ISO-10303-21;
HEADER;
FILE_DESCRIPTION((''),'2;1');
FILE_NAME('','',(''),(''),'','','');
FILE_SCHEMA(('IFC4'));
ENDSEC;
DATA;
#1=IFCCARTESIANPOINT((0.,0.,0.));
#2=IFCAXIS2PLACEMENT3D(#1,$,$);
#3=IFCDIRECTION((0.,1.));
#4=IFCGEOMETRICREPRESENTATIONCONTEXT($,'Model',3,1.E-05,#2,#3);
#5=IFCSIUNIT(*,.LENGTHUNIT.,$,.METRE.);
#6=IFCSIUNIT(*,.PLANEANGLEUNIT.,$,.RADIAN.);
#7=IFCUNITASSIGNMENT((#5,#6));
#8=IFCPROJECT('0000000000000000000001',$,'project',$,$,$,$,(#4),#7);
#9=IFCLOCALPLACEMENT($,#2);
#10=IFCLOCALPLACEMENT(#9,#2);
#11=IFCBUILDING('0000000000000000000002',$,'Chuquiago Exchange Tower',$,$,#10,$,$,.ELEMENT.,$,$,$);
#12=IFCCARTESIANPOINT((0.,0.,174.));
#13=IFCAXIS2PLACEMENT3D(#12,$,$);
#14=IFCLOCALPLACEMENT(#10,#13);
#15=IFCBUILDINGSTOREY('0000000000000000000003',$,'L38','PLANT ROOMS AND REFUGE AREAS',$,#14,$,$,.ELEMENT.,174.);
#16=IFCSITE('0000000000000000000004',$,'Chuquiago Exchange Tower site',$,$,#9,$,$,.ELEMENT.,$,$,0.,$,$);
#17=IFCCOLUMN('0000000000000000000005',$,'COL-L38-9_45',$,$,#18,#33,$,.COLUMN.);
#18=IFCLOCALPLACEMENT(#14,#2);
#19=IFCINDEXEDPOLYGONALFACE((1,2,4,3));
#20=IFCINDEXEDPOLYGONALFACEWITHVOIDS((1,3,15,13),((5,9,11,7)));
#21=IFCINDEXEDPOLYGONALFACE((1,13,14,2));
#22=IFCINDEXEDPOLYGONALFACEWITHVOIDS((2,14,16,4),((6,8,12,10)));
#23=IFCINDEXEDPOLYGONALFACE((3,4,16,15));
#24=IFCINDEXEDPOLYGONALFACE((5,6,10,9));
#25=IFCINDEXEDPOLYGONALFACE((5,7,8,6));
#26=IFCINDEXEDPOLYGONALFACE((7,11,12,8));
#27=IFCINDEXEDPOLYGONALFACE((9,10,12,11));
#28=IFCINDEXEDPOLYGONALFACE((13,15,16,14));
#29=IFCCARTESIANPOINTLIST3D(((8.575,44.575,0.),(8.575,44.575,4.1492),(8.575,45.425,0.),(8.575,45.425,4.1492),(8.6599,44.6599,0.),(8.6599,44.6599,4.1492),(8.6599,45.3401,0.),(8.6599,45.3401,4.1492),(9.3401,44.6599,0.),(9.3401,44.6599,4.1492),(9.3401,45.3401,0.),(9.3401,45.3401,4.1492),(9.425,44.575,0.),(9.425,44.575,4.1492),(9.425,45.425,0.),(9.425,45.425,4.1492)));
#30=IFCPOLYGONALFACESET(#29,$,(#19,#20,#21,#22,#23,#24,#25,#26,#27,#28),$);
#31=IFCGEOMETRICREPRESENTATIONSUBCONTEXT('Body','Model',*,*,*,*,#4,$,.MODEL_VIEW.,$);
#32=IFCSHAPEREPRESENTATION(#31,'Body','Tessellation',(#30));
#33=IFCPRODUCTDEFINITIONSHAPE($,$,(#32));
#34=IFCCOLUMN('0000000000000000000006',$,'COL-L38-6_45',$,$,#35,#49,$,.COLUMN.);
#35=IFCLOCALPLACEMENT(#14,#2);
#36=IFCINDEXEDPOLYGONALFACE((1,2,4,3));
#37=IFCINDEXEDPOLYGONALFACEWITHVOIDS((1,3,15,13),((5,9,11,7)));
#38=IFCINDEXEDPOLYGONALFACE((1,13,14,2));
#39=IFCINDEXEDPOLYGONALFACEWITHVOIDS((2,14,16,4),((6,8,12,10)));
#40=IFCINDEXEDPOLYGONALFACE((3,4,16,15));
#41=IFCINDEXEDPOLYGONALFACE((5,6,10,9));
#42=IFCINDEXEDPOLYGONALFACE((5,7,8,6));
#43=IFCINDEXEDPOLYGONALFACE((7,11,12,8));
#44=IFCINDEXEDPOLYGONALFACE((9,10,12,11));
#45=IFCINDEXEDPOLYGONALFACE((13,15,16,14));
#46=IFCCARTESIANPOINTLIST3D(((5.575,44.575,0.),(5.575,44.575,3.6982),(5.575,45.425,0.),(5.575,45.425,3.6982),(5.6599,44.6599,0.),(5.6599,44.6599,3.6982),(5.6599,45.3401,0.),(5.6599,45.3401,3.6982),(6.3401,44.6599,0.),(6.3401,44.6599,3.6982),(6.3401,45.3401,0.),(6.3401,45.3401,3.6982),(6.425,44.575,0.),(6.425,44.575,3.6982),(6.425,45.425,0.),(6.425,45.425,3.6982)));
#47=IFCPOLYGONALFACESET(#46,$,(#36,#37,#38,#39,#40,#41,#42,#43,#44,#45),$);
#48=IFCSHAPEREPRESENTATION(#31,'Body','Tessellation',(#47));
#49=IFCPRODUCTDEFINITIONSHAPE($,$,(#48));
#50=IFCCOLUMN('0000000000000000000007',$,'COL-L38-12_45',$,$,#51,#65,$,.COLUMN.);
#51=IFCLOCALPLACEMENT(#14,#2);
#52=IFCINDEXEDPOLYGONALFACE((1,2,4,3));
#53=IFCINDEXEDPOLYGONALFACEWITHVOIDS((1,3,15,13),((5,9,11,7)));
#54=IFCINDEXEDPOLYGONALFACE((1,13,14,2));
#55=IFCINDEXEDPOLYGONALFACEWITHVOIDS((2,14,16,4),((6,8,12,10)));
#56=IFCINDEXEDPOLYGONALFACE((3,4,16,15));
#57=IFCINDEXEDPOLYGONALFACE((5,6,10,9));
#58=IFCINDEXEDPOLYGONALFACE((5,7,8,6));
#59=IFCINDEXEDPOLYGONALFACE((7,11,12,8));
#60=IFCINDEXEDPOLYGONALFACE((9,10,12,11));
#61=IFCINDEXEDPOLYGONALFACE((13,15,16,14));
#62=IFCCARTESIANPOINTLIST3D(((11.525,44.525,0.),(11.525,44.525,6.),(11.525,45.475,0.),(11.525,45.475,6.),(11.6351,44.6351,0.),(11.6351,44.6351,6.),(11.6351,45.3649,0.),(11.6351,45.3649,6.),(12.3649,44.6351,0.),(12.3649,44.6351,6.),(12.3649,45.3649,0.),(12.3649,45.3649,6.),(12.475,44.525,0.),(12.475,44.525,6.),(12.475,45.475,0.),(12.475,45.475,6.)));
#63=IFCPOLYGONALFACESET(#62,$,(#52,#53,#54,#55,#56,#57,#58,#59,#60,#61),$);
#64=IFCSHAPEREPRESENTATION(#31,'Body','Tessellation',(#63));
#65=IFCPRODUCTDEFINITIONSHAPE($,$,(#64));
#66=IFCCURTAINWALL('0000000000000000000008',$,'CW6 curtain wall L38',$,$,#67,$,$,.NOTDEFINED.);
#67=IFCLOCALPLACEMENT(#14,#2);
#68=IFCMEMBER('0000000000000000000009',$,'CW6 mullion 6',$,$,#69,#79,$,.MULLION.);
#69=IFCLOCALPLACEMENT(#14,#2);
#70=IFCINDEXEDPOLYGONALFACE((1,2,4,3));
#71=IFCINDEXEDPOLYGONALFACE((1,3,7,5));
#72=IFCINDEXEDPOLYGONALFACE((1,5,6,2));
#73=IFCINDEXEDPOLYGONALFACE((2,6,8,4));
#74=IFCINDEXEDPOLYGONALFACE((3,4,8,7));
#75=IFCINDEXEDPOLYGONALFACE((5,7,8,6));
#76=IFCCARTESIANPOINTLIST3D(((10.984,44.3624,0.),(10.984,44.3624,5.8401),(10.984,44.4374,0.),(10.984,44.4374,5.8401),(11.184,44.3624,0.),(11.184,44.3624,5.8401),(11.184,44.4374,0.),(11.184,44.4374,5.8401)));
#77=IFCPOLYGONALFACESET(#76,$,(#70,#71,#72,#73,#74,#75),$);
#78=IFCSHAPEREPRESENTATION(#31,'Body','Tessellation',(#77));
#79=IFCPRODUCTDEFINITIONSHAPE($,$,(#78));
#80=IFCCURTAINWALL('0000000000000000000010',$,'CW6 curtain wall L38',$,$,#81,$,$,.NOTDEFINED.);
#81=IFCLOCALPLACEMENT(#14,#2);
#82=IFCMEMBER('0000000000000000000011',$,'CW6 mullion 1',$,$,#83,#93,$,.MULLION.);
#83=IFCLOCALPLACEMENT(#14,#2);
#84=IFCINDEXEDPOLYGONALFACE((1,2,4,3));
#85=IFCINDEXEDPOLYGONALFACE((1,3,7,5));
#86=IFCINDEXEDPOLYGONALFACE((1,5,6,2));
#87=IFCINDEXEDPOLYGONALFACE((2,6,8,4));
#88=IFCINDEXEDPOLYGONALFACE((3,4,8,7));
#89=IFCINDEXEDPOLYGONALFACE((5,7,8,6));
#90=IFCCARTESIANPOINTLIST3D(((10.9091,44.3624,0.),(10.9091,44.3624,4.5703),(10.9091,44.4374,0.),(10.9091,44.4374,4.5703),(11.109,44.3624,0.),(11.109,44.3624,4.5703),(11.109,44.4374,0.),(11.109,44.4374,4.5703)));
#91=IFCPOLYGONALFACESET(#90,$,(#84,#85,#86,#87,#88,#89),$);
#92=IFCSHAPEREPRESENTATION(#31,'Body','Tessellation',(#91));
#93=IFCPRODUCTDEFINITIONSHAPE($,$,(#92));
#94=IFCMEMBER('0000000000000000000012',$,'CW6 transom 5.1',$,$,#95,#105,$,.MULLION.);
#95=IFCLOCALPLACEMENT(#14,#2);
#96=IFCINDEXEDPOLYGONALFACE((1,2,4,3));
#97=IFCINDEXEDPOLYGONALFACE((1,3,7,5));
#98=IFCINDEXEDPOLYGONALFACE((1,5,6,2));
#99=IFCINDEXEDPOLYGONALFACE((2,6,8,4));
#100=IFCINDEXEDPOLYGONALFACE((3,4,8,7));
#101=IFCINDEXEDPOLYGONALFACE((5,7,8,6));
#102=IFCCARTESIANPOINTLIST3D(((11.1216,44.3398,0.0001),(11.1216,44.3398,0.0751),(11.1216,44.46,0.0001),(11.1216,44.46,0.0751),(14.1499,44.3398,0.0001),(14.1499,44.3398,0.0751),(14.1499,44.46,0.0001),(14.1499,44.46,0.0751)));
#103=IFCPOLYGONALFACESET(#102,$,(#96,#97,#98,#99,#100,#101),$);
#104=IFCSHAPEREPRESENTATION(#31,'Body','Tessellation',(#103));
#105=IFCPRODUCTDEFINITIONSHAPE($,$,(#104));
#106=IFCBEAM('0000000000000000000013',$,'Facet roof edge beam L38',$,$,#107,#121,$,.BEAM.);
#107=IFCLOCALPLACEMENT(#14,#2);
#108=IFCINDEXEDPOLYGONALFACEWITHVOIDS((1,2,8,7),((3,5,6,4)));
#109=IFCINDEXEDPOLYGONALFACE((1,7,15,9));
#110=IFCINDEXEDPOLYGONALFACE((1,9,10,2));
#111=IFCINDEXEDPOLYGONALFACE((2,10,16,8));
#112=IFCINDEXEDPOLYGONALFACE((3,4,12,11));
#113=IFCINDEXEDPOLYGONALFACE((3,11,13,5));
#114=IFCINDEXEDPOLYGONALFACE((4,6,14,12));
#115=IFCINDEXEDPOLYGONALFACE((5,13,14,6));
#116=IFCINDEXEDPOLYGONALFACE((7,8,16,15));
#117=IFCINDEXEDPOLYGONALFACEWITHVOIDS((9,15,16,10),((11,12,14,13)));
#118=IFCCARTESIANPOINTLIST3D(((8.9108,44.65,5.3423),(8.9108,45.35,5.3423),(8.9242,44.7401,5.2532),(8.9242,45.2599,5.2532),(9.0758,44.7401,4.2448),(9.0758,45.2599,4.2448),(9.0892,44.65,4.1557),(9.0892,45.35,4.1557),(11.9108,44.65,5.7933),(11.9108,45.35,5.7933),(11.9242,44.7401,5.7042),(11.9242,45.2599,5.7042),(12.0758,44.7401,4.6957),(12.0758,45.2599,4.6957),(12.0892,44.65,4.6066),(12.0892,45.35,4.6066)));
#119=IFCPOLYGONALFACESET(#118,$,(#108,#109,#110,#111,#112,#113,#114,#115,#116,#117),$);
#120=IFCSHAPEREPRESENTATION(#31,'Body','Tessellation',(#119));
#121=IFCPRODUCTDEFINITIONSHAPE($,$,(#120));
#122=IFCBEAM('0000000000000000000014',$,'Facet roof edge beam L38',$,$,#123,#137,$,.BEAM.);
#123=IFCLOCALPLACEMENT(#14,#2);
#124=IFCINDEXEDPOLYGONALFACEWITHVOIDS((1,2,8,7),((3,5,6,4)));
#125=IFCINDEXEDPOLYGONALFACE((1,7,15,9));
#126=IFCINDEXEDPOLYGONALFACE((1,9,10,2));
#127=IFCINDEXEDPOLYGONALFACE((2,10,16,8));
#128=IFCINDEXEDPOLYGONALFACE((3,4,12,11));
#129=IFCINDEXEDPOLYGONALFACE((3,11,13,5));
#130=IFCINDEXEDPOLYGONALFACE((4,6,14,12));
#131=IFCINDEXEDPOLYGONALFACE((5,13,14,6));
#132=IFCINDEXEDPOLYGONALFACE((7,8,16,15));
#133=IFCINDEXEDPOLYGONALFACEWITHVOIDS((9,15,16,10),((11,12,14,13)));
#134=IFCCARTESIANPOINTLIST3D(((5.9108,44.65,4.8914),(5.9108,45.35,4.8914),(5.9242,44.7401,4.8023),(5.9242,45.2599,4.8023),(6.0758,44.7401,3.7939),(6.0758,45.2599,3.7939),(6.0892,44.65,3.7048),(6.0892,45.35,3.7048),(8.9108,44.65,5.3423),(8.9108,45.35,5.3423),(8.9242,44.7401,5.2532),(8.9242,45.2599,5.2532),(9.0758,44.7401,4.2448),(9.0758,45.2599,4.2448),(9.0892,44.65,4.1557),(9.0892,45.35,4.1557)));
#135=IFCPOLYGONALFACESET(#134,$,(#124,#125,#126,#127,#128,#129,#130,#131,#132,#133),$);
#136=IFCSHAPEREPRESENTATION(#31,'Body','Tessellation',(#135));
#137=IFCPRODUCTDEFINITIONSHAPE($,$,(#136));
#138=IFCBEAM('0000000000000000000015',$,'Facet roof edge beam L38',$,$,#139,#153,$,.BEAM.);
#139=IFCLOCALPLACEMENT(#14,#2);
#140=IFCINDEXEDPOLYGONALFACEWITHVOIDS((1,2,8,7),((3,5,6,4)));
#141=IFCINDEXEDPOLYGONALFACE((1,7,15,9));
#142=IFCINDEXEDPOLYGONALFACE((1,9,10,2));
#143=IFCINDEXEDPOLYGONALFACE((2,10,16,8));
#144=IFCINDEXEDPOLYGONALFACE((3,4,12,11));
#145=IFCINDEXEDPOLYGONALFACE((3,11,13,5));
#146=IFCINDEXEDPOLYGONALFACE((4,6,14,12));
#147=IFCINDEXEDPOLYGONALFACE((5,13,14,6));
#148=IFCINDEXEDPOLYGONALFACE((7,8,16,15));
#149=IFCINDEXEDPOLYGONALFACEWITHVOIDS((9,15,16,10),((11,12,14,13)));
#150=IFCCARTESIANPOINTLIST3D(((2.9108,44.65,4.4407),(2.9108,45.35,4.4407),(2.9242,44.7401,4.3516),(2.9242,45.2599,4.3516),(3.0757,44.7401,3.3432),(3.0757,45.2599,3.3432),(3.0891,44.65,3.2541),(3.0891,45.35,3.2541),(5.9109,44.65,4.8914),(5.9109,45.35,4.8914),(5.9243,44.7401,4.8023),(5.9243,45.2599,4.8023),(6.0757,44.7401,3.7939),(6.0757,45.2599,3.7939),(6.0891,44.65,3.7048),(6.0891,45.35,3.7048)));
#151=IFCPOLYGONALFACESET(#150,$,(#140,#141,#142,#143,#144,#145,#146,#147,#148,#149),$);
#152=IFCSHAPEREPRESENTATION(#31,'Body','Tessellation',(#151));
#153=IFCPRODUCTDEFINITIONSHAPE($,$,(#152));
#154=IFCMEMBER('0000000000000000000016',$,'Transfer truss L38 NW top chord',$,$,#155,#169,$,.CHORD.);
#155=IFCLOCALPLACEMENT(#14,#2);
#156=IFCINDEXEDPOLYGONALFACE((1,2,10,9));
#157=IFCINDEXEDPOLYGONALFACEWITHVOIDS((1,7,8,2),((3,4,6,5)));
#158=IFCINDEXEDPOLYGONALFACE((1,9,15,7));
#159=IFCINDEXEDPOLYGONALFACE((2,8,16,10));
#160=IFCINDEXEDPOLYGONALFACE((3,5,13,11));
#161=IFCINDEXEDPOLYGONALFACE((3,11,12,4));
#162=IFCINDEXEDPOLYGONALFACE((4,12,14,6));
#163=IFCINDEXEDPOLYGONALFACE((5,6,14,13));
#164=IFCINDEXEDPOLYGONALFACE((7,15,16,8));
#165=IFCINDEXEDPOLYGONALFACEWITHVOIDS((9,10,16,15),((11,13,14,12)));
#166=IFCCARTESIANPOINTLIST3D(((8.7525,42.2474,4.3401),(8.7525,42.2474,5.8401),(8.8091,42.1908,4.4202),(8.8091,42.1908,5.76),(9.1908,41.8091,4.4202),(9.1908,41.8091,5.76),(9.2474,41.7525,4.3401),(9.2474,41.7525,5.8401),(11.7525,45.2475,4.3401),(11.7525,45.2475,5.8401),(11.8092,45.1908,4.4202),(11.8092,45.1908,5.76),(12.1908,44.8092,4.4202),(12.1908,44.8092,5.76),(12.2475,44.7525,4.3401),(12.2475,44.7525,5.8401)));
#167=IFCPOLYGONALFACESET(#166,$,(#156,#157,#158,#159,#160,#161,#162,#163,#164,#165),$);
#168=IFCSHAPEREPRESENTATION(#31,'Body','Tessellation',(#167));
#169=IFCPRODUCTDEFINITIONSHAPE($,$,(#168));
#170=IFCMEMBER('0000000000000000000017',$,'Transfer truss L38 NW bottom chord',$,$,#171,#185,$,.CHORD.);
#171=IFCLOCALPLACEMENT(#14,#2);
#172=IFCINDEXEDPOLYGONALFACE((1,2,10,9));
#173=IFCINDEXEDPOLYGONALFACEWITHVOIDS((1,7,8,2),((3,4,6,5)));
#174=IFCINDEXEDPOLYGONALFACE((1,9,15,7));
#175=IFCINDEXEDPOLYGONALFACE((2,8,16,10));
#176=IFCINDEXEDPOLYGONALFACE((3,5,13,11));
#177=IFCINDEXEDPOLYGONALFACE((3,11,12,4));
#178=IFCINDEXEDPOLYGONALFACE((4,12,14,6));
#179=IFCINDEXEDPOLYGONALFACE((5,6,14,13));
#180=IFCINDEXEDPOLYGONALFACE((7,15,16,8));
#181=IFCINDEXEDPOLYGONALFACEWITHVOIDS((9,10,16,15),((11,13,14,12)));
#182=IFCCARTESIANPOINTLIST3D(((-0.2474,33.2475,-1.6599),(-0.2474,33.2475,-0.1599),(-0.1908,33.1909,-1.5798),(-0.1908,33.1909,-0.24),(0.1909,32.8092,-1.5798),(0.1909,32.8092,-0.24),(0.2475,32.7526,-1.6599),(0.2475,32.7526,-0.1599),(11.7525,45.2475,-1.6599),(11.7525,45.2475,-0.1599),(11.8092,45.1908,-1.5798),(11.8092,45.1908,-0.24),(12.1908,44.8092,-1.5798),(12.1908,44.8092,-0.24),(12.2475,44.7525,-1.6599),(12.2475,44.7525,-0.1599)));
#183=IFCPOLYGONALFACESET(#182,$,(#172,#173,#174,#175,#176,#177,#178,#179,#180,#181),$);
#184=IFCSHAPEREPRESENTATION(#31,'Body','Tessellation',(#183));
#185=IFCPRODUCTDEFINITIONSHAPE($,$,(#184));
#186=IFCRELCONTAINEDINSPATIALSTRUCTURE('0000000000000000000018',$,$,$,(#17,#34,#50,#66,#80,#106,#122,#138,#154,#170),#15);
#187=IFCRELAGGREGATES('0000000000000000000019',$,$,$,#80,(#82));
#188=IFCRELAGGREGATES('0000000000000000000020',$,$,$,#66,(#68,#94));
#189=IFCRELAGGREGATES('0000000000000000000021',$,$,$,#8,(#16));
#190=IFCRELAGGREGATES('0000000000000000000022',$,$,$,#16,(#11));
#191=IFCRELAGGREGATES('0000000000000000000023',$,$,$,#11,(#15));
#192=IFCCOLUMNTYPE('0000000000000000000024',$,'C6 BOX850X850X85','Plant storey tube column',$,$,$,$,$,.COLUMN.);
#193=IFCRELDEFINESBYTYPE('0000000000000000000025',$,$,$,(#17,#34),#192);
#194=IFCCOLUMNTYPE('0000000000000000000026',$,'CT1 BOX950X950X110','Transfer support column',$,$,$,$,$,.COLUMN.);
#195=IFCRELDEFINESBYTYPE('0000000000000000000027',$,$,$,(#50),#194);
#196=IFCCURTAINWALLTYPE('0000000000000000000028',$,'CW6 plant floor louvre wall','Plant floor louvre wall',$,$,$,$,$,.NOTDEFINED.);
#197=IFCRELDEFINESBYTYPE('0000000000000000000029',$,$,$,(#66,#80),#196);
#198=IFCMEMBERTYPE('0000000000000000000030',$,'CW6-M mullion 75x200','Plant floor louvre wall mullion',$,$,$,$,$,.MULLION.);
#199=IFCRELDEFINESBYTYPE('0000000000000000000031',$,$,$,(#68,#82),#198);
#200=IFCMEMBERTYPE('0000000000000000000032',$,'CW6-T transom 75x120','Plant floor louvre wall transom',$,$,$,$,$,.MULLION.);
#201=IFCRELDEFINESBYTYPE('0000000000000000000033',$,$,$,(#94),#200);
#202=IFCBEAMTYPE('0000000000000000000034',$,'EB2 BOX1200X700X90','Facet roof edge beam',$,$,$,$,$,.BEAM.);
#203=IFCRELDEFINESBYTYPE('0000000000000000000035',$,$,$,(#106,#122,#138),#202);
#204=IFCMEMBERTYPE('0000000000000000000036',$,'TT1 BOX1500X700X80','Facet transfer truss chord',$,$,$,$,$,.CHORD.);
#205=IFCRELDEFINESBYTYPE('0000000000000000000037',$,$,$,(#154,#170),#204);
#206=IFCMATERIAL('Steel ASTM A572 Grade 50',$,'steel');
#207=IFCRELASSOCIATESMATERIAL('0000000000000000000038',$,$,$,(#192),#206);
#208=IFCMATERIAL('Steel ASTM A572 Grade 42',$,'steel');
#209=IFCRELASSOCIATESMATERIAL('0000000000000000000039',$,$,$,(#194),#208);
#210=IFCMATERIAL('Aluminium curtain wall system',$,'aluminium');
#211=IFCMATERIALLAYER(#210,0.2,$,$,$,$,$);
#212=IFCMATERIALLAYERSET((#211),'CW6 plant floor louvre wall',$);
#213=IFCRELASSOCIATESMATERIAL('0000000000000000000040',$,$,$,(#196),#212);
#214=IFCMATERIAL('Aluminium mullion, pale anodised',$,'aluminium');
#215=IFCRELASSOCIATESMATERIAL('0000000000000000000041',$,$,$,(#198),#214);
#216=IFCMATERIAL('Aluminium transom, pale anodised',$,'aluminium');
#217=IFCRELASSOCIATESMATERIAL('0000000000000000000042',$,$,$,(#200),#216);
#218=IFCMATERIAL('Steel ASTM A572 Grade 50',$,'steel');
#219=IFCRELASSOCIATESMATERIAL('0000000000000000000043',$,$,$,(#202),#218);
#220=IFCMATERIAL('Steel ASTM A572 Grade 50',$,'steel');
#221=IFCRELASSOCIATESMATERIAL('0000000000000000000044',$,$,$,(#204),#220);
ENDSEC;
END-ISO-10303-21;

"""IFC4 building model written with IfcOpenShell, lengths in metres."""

from ifc_helpers import new_model, si_unit, direction, frame, origin, origin_2d, place, context, subcontext, project, spatial, rectangle, hollow_rectangle, extrude, material, layer, layer_set, material_profile, profile_set, type_object, element, aggregate, save


model = new_model("IFC4")

# Units and contexts
model_context = context("Model", 3, precision=1e-05, world=origin(), true_north=direction((0.0, 1.0)))
body_context = subcontext(model_context, "Body", "Model", "MODEL_VIEW")
ifc_project = project(units=[si_unit("LENGTHUNIT", "METRE"), si_unit("PLANEANGLEUNIT", "RADIAN")], contexts=[model_context])

# Site, building, storey
site_placement = place(None, origin())
site = spatial("IfcSite", under=ifc_project, at=site_placement, Name="Chuquiago Exchange Tower site", CompositionType="ELEMENT", RefElevation=0.0)
building_placement = place(site_placement, origin())
building = spatial("IfcBuilding", under=site, at=building_placement, Name="Chuquiago Exchange Tower", CompositionType="ELEMENT")
storey_placement = place(building_placement, frame((0.0, 0.0, 174.0)))
storey = spatial("IfcBuildingStorey", under=building, at=storey_placement, Name="L38", Description="PLANT ROOMS AND REFUGE AREAS", CompositionType="ELEMENT", Elevation=174.0)

# Columns
ifc_material_1 = material(Name="Steel ASTM A572 Grade 50", Category="steel")
ifc_material_profile_1 = material_profile(ifc_material_1, hollow_rectangle(XDim=0.8501, YDim=0.8501, WallThickness=0.085, at=origin_2d()), Name="BOX850X850X85")
ifc_profile_set_1 = profile_set([ifc_material_profile_1], Name="Steel ASTM A572 Grade 50")
column_type_1 = type_object("IfcColumnType", Name="C6 BOX850X850X85", Description="Plant storey tube column", PredefinedType="COLUMN", material=ifc_profile_set_1)
column_1_placement = place(storey_placement, frame((9.0, 45.0, 0.0), z_axis=(0.0, 0.0, 1.0), x_axis=(0.0, 1.0, 0.0)))
element("IfcColumn", 1, at=column_1_placement, inside=storey, type_object=column_type_1, Name="COL-L38-9_45", PredefinedType="COLUMN", context=body_context, shape_type="SweptSolid", body=[
    extrude(hollow_rectangle(XDim=0.8501, YDim=0.8501, WallThickness=0.085, at=origin_2d()), origin(), (0.0, 0.0, 1.0), 4.1492),
])
column_2_placement = place(storey_placement, frame((6.0, 45.0, 0.0), z_axis=(0.0, 0.0, 1.0), x_axis=(0.0, 1.0, 0.0)))
element("IfcColumn", 2, at=column_2_placement, inside=storey, type_object=column_type_1, Name="COL-L38-6_45", PredefinedType="COLUMN", context=body_context, shape_type="SweptSolid", body=[
    extrude(hollow_rectangle(XDim=0.8501, YDim=0.8501, WallThickness=0.085, at=origin_2d()), origin(), (0.0, 0.0, 1.0), 3.6982),
])
ifc_material_2 = material(Name="Steel ASTM A572 Grade 42", Category="steel")
ifc_material_profile_2 = material_profile(ifc_material_2, hollow_rectangle(XDim=0.95, YDim=0.95, WallThickness=0.1101, at=origin_2d()), Name="BOX950X950X110")
ifc_profile_set_2 = profile_set([ifc_material_profile_2], Name="Steel ASTM A572 Grade 42")
column_type_2 = type_object("IfcColumnType", Name="CT1 BOX950X950X110", Description="Transfer support column", PredefinedType="COLUMN", material=ifc_profile_set_2)
column_3_placement = place(storey_placement, frame((12.0, 45.0, 0.0), z_axis=(0.0, 0.0, 1.0), x_axis=(0.0, 1.0, 0.0)))
element("IfcColumn", 3, at=column_3_placement, inside=storey, type_object=column_type_2, Name="COL-L38-12_45", PredefinedType="COLUMN", context=body_context, shape_type="SweptSolid", body=[
    extrude(hollow_rectangle(XDim=0.95, YDim=0.95, WallThickness=0.1101, at=origin_2d()), origin(), (0.0, 0.0, 1.0), 6.0),
])

# Curtain walls, members
ifc_material_3 = material(Name="Aluminium curtain wall system", Category="aluminium")
ifc_layer_1 = layer(ifc_material_3, 0.2)
ifc_layer_set_1 = layer_set([ifc_layer_1], Name="CW6 plant floor louvre wall")
curtain_wall_type = type_object("IfcCurtainWallType", Name="CW6 plant floor louvre wall", Description="Plant floor louvre wall", PredefinedType="NOTDEFINED", material=ifc_layer_set_1)
curtain_wall_1_placement = place(storey_placement, origin())
curtain_wall_1 = element("IfcCurtainWall", 4, at=curtain_wall_1_placement, inside=storey, type_object=curtain_wall_type, Name="CW6 curtain wall L38", PredefinedType="NOTDEFINED")
ifc_material_4 = material(Name="Aluminium mullion, pale anodised", Category="aluminium")
ifc_material_profile_3 = material_profile(ifc_material_4, rectangle(XDim=0.075, YDim=0.2, at=origin_2d()), Name="AL 75x200")
ifc_profile_set_3 = profile_set([ifc_material_profile_3], Name="Aluminium mullion, pale anodised")
member_type_1 = type_object("IfcMemberType", Name="CW6-M mullion 75x200", Description="Plant floor louvre wall mullion", PredefinedType="MULLION", material=ifc_profile_set_3)
member_1_placement = place(storey_placement, frame((11.084, 44.3999, 0.0), z_axis=(0.0, 0.0, 1.0), x_axis=(0.0, -1.0, 0.0)))
member_1 = element("IfcMember", 5, at=member_1_placement, type_object=member_type_1, Name="CW6 mullion 6", PredefinedType="MULLION", context=body_context, shape_type="SweptSolid", body=[
    extrude(rectangle(XDim=0.075, YDim=0.2, at=origin_2d()), origin(), (0.0, 0.0, 1.0), 5.8401),
])
curtain_wall_2_placement = place(storey_placement, origin())
curtain_wall_2 = element("IfcCurtainWall", 6, at=curtain_wall_2_placement, inside=storey, type_object=curtain_wall_type, Name="CW6 curtain wall L38", PredefinedType="NOTDEFINED")
member_2_placement = place(storey_placement, frame((11.009, 44.3999, 0.0), z_axis=(0.0, 0.0, 1.0), x_axis=(0.0, -1.0, 0.0)))
member_2 = element("IfcMember", 7, at=member_2_placement, type_object=member_type_1, Name="CW6 mullion 1", PredefinedType="MULLION", context=body_context, shape_type="SweptSolid", body=[
    extrude(rectangle(XDim=0.075, YDim=0.2, at=origin_2d()), origin(), (0.0, 0.0, 1.0), 4.5703),
])
aggregate(curtain_wall_2, [member_2])

# Member
ifc_material_5 = material(Name="Aluminium transom, pale anodised", Category="aluminium")
ifc_material_profile_4 = material_profile(ifc_material_5, rectangle(XDim=0.1201, YDim=0.075, at=origin_2d()), Name="AL 120x75")
ifc_profile_set_4 = profile_set([ifc_material_profile_4], Name="Aluminium transom, pale anodised")
member_type_2 = type_object("IfcMemberType", Name="CW6-T transom 75x120", Description="Plant floor louvre wall transom", PredefinedType="MULLION", material=ifc_profile_set_4)
member_3_placement = place(storey_placement, frame((14.1499, 44.3999, 0.0376), z_axis=(-1.0, 0.0, 0.0), x_axis=(0.0, -1.0, 0.0)))
member_3 = element("IfcMember", 8, at=member_3_placement, type_object=member_type_2, Name="CW6 transom 5.1", PredefinedType="MULLION", context=body_context, shape_type="SweptSolid", body=[
    extrude(rectangle(XDim=0.1201, YDim=0.075, at=origin_2d()), origin(), (0.0, 0.0, 1.0), 3.0283),
])

# Beams
ifc_material_6 = material(Name="Steel ASTM A572 Grade 50", Category="steel")
ifc_material_profile_5 = material_profile(ifc_material_6, hollow_rectangle(XDim=0.7, YDim=1.2, WallThickness=0.0901, at=origin_2d()), Name="BOX1200X700X90")
ifc_profile_set_5 = profile_set([ifc_material_profile_5], Name="Steel ASTM A572 Grade 50")
beam_type = type_object("IfcBeamType", Name="EB2 BOX1200X700X90", Description="Facet roof edge beam", PredefinedType="BEAM", material=ifc_profile_set_5)
for number, where, z_axis, x_axis, name in (
    (9, (12.0, 45.0, 5.2), (-0.988891, 0.0, -0.14864), (0.0, -1.0, 0.0), "Facet roof edge beam L38"),
    (10, (9.0, 45.0, 4.749), (-0.988891, 0.0, -0.14864), (0.0, -1.0, 0.0), "Facet roof edge beam L38"),
    (11, (6.0, 45.0, 4.2981), (-0.988903, 0.0, -0.148561), (0.0, -1.0, 0.0), "Facet roof edge beam L38"),
):
    element("IfcBeam", number, at=place(storey_placement, frame(where, z_axis=z_axis, x_axis=x_axis)), inside=storey, type_object=beam_type, Name=name, PredefinedType="BEAM", context=body_context, shape_type="SweptSolid", body=[
        extrude(hollow_rectangle(XDim=0.7, YDim=1.2, WallThickness=0.0901, at=origin_2d()), origin(), (0.0, 0.0, 1.0), 3.0337),
    ])

# Members
ifc_material_7 = material(Name="Steel ASTM A572 Grade 50", Category="steel")
ifc_material_profile_6 = material_profile(ifc_material_7, hollow_rectangle(XDim=0.7, YDim=1.5, WallThickness=0.0801, at=origin_2d()), Name="BOX1500X700X80")
ifc_profile_set_6 = profile_set([ifc_material_profile_6], Name="Steel ASTM A572 Grade 50")
member_type_3 = type_object("IfcMemberType", Name="TT1 BOX1500X700X80", Description="Facet transfer truss chord", PredefinedType="CHORD", material=ifc_profile_set_6)
member_4_placement = place(storey_placement, frame((12.0, 45.0, 5.0901), z_axis=(-0.707107, -0.707107, 0.0), x_axis=(0.707107, -0.707107, 0.0)))
element("IfcMember", 12, at=member_4_placement, inside=storey, type_object=member_type_3, Name="Transfer truss L38 NW top chord", PredefinedType="CHORD", context=body_context, shape_type="SweptSolid", body=[
    extrude(hollow_rectangle(XDim=0.7, YDim=1.5, WallThickness=0.0801, at=origin_2d()), origin(), (0.0, 0.0, 1.0), 4.2427),
])
member_5_placement = place(storey_placement, frame((12.0, 45.0, -0.9099), z_axis=(-0.707107, -0.707107, 0.0), x_axis=(0.707107, -0.707107, 0.0)))
element("IfcMember", 13, at=member_5_placement, inside=storey, type_object=member_type_3, Name="Transfer truss L38 NW bottom chord", PredefinedType="CHORD", context=body_context, shape_type="SweptSolid", body=[
    extrude(hollow_rectangle(XDim=0.7, YDim=1.5, WallThickness=0.0801, at=origin_2d()), origin(), (0.0, 0.0, 1.0), 16.9705),
])

aggregate(curtain_wall_1, [member_1, member_3])

save(model, "model.ifc")
